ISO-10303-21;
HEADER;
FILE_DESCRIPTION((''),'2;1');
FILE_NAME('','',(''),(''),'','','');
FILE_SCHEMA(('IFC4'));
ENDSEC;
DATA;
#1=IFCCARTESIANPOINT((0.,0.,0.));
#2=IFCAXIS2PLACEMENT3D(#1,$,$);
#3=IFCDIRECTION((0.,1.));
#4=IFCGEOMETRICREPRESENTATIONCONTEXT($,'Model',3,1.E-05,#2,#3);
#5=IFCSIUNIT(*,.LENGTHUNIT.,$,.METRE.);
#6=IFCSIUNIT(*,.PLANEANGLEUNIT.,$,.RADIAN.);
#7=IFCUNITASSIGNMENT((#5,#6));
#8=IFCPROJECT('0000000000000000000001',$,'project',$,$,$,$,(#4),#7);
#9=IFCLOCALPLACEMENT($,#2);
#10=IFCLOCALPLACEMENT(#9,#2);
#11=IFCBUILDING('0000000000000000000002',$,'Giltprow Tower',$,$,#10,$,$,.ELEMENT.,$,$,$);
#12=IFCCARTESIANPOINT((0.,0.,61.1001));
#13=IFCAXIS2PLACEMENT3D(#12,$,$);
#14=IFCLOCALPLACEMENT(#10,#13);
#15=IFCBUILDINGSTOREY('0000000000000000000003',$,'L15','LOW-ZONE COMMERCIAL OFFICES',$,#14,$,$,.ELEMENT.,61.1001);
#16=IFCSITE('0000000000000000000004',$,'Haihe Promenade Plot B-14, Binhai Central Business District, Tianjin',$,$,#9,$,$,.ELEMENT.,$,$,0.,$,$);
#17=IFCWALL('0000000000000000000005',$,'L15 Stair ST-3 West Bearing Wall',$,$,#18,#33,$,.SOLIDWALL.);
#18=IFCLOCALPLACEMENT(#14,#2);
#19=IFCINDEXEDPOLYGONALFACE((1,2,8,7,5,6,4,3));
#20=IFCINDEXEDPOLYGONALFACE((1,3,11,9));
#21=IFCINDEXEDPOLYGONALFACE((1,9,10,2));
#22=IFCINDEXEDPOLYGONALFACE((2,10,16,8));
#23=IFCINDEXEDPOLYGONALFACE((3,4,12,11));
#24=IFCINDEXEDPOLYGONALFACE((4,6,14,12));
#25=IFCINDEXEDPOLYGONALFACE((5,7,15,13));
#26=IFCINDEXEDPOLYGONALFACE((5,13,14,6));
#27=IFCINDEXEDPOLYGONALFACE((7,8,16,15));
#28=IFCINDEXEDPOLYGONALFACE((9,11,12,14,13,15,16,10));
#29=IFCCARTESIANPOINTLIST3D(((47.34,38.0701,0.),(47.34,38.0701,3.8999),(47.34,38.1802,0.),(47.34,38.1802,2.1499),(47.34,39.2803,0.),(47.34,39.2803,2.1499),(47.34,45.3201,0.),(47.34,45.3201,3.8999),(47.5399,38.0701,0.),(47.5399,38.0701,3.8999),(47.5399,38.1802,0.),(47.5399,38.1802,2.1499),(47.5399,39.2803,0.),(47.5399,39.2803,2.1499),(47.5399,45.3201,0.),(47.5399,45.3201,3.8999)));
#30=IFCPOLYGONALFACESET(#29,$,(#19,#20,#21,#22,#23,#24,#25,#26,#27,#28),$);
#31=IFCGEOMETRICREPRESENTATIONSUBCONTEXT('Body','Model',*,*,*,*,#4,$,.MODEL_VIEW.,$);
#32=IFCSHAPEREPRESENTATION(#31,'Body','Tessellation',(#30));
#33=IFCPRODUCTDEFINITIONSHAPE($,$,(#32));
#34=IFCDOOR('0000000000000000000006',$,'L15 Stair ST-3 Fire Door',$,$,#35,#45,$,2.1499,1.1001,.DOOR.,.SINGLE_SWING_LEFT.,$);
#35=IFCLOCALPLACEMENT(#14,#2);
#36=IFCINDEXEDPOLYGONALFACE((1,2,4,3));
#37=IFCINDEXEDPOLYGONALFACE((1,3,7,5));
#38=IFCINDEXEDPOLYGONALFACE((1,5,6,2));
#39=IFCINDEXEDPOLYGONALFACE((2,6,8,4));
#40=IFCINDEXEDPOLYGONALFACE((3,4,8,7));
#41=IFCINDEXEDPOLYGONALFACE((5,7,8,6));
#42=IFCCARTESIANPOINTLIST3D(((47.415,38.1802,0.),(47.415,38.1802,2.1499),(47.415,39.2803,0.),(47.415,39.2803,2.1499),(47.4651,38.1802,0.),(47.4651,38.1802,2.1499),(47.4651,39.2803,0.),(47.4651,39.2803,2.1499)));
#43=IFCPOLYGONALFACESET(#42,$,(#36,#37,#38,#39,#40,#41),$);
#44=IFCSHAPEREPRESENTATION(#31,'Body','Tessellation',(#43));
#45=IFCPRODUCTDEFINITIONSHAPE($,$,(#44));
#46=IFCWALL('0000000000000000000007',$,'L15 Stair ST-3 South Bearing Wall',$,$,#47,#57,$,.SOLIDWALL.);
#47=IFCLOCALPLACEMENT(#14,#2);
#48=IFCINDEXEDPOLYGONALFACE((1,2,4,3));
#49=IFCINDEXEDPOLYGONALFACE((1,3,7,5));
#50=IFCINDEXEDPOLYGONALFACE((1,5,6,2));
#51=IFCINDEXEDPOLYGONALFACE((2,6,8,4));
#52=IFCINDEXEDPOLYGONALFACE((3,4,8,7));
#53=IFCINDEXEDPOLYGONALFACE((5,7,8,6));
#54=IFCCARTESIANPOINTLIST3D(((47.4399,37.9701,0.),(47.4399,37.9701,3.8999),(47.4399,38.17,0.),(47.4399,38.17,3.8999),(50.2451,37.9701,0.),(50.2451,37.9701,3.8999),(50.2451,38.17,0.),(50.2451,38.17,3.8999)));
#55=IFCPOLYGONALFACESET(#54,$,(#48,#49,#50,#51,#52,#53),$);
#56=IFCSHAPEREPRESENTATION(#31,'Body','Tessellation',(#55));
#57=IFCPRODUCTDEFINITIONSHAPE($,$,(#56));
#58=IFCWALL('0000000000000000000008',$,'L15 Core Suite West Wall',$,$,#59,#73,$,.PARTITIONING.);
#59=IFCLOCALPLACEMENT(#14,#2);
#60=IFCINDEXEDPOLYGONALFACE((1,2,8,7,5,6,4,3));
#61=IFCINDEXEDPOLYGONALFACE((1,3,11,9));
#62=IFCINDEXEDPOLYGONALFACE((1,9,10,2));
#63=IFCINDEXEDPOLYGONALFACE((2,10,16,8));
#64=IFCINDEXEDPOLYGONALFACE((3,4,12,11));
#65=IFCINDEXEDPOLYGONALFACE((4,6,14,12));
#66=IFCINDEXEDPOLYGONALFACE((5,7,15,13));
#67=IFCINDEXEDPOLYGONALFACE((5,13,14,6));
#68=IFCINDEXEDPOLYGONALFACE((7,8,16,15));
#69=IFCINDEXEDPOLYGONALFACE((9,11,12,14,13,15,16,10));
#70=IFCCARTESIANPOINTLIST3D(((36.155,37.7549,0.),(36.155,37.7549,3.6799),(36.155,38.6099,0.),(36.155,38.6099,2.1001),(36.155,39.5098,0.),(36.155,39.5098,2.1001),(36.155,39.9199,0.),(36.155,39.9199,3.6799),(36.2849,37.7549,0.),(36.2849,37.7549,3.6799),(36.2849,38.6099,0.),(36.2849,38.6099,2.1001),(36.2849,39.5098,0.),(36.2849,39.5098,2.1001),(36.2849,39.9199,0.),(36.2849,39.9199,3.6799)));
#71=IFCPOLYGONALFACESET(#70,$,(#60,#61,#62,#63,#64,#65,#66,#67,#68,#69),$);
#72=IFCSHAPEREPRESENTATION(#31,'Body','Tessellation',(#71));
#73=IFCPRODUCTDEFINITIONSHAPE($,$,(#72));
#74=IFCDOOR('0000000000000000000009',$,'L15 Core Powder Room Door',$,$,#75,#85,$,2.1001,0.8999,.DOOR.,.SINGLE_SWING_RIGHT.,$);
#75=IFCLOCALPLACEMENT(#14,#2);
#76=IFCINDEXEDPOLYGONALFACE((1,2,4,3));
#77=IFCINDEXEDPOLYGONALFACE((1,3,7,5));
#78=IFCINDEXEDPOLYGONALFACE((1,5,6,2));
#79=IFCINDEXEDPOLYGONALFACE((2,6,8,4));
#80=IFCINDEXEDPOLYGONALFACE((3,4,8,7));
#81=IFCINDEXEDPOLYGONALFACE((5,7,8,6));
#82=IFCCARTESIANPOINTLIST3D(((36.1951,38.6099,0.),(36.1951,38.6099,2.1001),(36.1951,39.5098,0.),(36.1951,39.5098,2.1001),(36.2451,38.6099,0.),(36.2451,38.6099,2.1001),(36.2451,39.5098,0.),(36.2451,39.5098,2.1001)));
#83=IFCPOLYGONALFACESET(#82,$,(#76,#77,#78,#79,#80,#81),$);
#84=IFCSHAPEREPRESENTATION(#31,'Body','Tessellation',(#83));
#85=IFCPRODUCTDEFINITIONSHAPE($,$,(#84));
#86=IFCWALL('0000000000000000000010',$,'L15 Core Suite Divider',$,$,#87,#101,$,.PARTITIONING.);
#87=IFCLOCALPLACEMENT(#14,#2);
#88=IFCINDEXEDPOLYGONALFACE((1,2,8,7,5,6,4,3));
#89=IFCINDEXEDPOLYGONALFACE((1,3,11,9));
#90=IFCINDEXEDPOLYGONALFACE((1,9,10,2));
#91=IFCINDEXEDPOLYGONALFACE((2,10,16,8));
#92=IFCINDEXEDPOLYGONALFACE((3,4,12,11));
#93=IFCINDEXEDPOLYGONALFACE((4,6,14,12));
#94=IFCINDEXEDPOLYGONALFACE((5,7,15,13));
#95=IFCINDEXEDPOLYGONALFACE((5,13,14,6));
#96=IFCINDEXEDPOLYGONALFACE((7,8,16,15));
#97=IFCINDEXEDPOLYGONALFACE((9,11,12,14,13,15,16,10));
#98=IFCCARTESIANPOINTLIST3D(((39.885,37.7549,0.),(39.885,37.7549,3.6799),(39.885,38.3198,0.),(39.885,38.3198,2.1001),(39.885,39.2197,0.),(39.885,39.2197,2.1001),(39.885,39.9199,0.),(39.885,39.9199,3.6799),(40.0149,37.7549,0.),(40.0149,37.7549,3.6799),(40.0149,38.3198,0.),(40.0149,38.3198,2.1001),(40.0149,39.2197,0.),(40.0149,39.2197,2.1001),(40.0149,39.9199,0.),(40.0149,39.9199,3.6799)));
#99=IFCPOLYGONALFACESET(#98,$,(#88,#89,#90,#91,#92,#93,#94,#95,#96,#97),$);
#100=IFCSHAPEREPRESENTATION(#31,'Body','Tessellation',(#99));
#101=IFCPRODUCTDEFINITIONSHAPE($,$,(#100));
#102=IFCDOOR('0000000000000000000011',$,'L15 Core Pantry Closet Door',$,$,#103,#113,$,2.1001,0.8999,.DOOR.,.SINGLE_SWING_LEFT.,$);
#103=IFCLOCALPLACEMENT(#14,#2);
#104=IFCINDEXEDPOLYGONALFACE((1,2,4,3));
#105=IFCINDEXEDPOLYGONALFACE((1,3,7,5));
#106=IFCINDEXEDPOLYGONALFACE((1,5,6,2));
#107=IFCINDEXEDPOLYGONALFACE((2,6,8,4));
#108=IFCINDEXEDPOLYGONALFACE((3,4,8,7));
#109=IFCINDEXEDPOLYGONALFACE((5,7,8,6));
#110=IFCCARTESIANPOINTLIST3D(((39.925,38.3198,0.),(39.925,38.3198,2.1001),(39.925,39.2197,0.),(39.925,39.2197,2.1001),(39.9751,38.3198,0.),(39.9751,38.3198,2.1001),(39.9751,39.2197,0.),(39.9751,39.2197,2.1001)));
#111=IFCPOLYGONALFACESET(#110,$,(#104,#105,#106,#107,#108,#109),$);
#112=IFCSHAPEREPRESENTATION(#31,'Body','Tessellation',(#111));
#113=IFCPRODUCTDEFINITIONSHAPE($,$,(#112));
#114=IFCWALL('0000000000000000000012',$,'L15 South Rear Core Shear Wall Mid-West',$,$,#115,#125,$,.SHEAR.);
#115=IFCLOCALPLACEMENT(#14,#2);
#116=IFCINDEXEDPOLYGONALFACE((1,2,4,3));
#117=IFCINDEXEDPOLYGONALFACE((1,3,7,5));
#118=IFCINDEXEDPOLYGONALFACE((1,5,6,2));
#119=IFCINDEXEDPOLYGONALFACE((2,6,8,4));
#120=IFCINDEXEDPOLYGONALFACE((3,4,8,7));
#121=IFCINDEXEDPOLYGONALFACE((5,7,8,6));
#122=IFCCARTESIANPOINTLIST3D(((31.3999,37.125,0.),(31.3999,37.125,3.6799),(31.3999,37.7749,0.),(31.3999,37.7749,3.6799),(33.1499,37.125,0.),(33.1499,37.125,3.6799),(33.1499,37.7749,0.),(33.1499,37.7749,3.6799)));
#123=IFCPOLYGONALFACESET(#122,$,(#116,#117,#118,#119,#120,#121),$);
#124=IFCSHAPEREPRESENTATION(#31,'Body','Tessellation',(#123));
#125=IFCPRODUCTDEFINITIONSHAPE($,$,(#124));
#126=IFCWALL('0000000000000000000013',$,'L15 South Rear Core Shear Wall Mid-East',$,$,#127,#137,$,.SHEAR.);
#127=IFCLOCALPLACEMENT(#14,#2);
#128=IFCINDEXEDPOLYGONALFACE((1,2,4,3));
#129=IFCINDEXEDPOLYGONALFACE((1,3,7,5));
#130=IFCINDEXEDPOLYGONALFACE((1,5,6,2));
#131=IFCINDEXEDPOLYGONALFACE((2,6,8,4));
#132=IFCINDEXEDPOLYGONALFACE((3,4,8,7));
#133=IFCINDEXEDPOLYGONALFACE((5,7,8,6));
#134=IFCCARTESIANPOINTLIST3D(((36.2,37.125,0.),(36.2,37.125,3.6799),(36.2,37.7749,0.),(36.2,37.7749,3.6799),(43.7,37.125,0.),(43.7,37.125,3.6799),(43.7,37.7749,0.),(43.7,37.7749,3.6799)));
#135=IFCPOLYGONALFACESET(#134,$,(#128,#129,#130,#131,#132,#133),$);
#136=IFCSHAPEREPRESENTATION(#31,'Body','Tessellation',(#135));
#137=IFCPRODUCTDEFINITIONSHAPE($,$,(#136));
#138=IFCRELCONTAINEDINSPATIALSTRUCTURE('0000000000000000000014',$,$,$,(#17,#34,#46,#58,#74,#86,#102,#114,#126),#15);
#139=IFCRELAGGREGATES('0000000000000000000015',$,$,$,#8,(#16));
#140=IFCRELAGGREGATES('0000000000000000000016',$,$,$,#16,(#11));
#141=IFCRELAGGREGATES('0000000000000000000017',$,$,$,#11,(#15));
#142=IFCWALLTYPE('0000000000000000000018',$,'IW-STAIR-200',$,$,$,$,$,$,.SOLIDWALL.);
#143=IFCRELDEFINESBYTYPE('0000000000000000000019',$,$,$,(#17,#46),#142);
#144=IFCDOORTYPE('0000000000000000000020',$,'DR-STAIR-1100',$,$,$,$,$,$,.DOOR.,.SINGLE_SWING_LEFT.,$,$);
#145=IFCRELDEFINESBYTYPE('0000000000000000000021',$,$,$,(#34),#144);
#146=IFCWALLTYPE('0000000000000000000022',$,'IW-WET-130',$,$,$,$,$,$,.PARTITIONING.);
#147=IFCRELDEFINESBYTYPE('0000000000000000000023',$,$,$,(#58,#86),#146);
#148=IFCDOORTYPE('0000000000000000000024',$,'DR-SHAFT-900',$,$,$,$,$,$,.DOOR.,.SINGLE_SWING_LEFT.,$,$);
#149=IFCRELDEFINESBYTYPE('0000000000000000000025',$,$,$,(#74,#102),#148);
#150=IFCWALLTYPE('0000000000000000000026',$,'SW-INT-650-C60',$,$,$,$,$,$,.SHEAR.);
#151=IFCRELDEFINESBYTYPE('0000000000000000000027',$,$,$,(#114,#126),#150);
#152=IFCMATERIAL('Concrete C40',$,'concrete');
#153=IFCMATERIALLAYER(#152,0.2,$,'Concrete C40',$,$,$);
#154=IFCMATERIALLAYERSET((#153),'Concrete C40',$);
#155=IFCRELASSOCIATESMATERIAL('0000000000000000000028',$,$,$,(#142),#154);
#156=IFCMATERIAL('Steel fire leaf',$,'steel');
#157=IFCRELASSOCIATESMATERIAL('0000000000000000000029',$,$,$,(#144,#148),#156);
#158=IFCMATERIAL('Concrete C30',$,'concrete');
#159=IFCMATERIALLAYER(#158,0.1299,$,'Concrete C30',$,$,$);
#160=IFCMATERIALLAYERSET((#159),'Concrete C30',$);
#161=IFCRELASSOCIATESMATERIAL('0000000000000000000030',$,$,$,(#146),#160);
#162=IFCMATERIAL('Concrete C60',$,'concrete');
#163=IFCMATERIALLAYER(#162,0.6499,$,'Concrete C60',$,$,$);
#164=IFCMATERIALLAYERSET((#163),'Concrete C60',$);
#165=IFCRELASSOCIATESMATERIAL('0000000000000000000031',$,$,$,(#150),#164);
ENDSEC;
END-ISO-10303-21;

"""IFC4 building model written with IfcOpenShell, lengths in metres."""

from ifc_helpers import new_model, si_unit, direction, frame, frame_2d, origin, place, context, subcontext, project, spatial, rectangle, extrude, source, transform, mapped, material, layer, layer_set, type_object, element, fill, save


model = new_model("IFC4")

# Units and contexts
model_context = context("Model", 3, precision=1e-05, world=origin(), true_north=direction((0.0, 1.0)))
body_context = subcontext(model_context, "Body", "Model", "MODEL_VIEW")
ifc_project = project(units=[si_unit("LENGTHUNIT", "METRE"), si_unit("PLANEANGLEUNIT", "RADIAN")], contexts=[model_context])

# Site, building, storey
site_placement = place(None, origin())
site = spatial("IfcSite", under=ifc_project, at=site_placement, Name="Haihe Promenade Plot B-14, Binhai Central Business District, Tianjin", CompositionType="ELEMENT", RefElevation=0.0)
building_placement = place(site_placement, origin())
building = spatial("IfcBuilding", under=site, at=building_placement, Name="Giltprow Tower", CompositionType="ELEMENT")
storey_placement = place(building_placement, frame((0.0, 0.0, 61.1001)))
storey = spatial("IfcBuildingStorey", under=building, at=storey_placement, Name="L15", Description="LOW-ZONE COMMERCIAL OFFICES", CompositionType="ELEMENT", Elevation=61.1001)

# Shared definitions
ifc_material_1 = material(Name="Concrete C60", Category="concrete")

# Shared definitions
ifc_material_2 = material(Name="Concrete C40", Category="concrete")

# Wall, opening, door
ifc_layer_1 = layer(ifc_material_2, 0.2, Name="Concrete C40")
ifc_layer_set_1 = layer_set([ifc_layer_1], Name="Concrete C40")
wall_type_1 = type_object("IfcWallType", Name="IW-STAIR-200", PredefinedType="SOLIDWALL", material=ifc_layer_set_1)
wall_1_placement = place(storey_placement, frame((47.4399, 38.0701, 0.0), z_axis=(0.0, 0.0, 1.0), x_axis=(0.0, 1.0, 0.0)))
wall_1 = element("IfcWall", 1, at=wall_1_placement, inside=storey, type_object=wall_type_1, Name="L15 Stair ST-3 West Bearing Wall", PredefinedType="SOLIDWALL", context=body_context, shape_type="SweptSolid", body=[
    extrude(rectangle(XDim=7.25, YDim=0.2, at=frame_2d((3.625, 0.0))), origin(), (0.0, 0.0, 1.0), 3.8999),
])
opening_1_placement = place(wall_1_placement, frame((0.1101, 0.0, 0.0)))
opening_1 = element("IfcOpeningElement", 2, at=opening_1_placement, cuts=wall_1, PredefinedType="OPENING", context=body_context, shape_type="SweptSolid", body=[
    extrude(rectangle(XDim=1.1001, YDim=2.1499, at=frame_2d((0.55, 1.075))), frame((0.0, 0.1099, 0.0), z_axis=(0.0, -1.0, 0.0), x_axis=(1.0, 0.0, 0.0)), (0.0, 0.0, 1.0), 0.22),
])
ifc_material_3 = material(Name="Steel fire leaf", Category="steel")
door_type_1 = type_object("IfcDoorType", Name="DR-STAIR-1100", OperationType="SINGLE_SWING_LEFT", PredefinedType="DOOR", material=ifc_material_3)
shared_shape_1 = source(origin(), body_context, "Body", "SweptSolid", [
    extrude(rectangle(XDim=1.1001, YDim=2.1499, at=frame_2d((0.55, 1.075))), frame((0.0, 0.0249, 0.0), z_axis=(0.0, -1.0, 0.0), x_axis=(1.0, 0.0, 0.0)), (0.0, 0.0, 1.0), 0.05),
])
door_1_placement = place(opening_1_placement, origin())
door_1 = element("IfcDoor", 3, at=door_1_placement, inside=storey, type_object=door_type_1, Name="L15 Stair ST-3 Fire Door", OperationType="SINGLE_SWING_LEFT", OverallHeight=2.1499, OverallWidth=1.1001, PredefinedType="DOOR", context=body_context, shape_type="MappedRepresentation", body=[
    mapped(shared_shape_1, transform((0.0, 0.0, 0.0), x_axis=(1.0, 0.0, 0.0), y_axis=(0.0, 1.0, 0.0), z_axis=(0.0, 0.0, 1.0), scale=1.0)),
])
fill(opening_1, door_1)

# Wall
wall_2_placement = place(storey_placement, frame((47.4399, 38.0701, 0.0), z_axis=(0.0, 0.0, 1.0), x_axis=(1.0, 0.0, 0.0)))
element("IfcWall", 4, at=wall_2_placement, inside=storey, type_object=wall_type_1, Name="L15 Stair ST-3 South Bearing Wall", PredefinedType="SOLIDWALL", context=body_context, shape_type="SweptSolid", body=[
    extrude(rectangle(XDim=2.8052, YDim=0.2, at=frame_2d((1.4026, 0.0))), origin(), (0.0, 0.0, 1.0), 3.8999),
])

# Walls, openings, doors
ifc_material_4 = material(Name="Concrete C30", Category="concrete")
ifc_layer_2 = layer(ifc_material_4, 0.1299, Name="Concrete C30")
ifc_layer_set_2 = layer_set([ifc_layer_2], Name="Concrete C30")
wall_type_2 = type_object("IfcWallType", Name="IW-WET-130", PredefinedType="PARTITIONING", material=ifc_layer_set_2)
wall_3_placement = place(storey_placement, frame((36.22, 37.7549, 0.0), z_axis=(0.0, 0.0, 1.0), x_axis=(0.0, 1.0, 0.0)))
wall_3 = element("IfcWall", 5, at=wall_3_placement, inside=storey, type_object=wall_type_2, Name="L15 Core Suite West Wall", PredefinedType="PARTITIONING", context=body_context, shape_type="SweptSolid", body=[
    extrude(rectangle(XDim=2.165, YDim=0.1299, at=frame_2d((1.0825, 0.0))), origin(), (0.0, 0.0, 1.0), 3.6799),
])
opening_2_placement = place(wall_3_placement, frame((0.855, 0.0, 0.0)))
opening_2 = element("IfcOpeningElement", 6, at=opening_2_placement, cuts=wall_3, PredefinedType="OPENING", context=body_context, shape_type="SweptSolid", body=[
    extrude(rectangle(XDim=0.8999, YDim=2.1001, at=frame_2d((0.45, 1.05))), frame((0.0, 0.075, 0.0), z_axis=(0.0, -1.0, 0.0), x_axis=(1.0, 0.0, 0.0)), (0.0, 0.0, 1.0), 0.1499),
])
door_type_2 = type_object("IfcDoorType", Name="DR-SHAFT-900", OperationType="SINGLE_SWING_LEFT", PredefinedType="DOOR", material=ifc_material_3)
shared_shape_2 = source(origin(), body_context, "Body", "SweptSolid", [
    extrude(rectangle(XDim=0.8999, YDim=2.1001, at=frame_2d((0.45, 1.05))), frame((0.0, 0.0249, 0.0), z_axis=(0.0, -1.0, 0.0), x_axis=(1.0, 0.0, 0.0)), (0.0, 0.0, 1.0), 0.05),
])
door_2_placement = place(opening_2_placement, origin())
door_2 = element("IfcDoor", 7, at=door_2_placement, inside=storey, type_object=door_type_2, Name="L15 Core Powder Room Door", OperationType="SINGLE_SWING_RIGHT", OverallHeight=2.1001, OverallWidth=0.8999, PredefinedType="DOOR", context=body_context, shape_type="MappedRepresentation", body=[
    mapped(shared_shape_2, transform((0.0, 0.0, 0.0), x_axis=(1.0, 0.0, 0.0), y_axis=(0.0, 1.0, 0.0), z_axis=(0.0, 0.0, 1.0), scale=1.0)),
])
fill(opening_2, door_2)
wall_4_placement = place(storey_placement, frame((39.95, 37.7549, 0.0), z_axis=(0.0, 0.0, 1.0), x_axis=(0.0, 1.0, 0.0)))
wall_4 = element("IfcWall", 8, at=wall_4_placement, inside=storey, type_object=wall_type_2, Name="L15 Core Suite Divider", PredefinedType="PARTITIONING", context=body_context, shape_type="SweptSolid", body=[
    extrude(rectangle(XDim=2.165, YDim=0.1299, at=frame_2d((1.0825, 0.0))), origin(), (0.0, 0.0, 1.0), 3.6799),
])
opening_3_placement = place(wall_4_placement, frame((0.5649, 0.0, 0.0)))
opening_3 = element("IfcOpeningElement", 9, at=opening_3_placement, cuts=wall_4, PredefinedType="OPENING", context=body_context, shape_type="SweptSolid", body=[
    extrude(rectangle(XDim=0.8999, YDim=2.1001, at=frame_2d((0.45, 1.05))), frame((0.0, 0.075, 0.0), z_axis=(0.0, -1.0, 0.0), x_axis=(1.0, 0.0, 0.0)), (0.0, 0.0, 1.0), 0.1499),
])
door_3_placement = place(opening_3_placement, origin())
door_3 = element("IfcDoor", 10, at=door_3_placement, inside=storey, type_object=door_type_2, Name="L15 Core Pantry Closet Door", OperationType="SINGLE_SWING_LEFT", OverallHeight=2.1001, OverallWidth=0.8999, PredefinedType="DOOR", context=body_context, shape_type="MappedRepresentation", body=[
    mapped(shared_shape_2, transform((0.0, 0.0, 0.0), x_axis=(1.0, 0.0, 0.0), y_axis=(0.0, 1.0, 0.0), z_axis=(0.0, 0.0, 1.0), scale=1.0)),
])
fill(opening_3, door_3)

# Walls
ifc_layer_3 = layer(ifc_material_1, 0.6499, Name="Concrete C60")
ifc_layer_set_3 = layer_set([ifc_layer_3], Name="Concrete C60")
wall_type_3 = type_object("IfcWallType", Name="SW-INT-650-C60", PredefinedType="SHEAR", material=ifc_layer_set_3)
wall_5_placement = place(storey_placement, frame((31.3999, 37.45, 0.0), z_axis=(0.0, 0.0, 1.0), x_axis=(1.0, 0.0, 0.0)))
element("IfcWall", 11, at=wall_5_placement, inside=storey, type_object=wall_type_3, Name="L15 South Rear Core Shear Wall Mid-West", PredefinedType="SHEAR", context=body_context, shape_type="SweptSolid", body=[
    extrude(rectangle(XDim=1.75, YDim=0.6499, at=frame_2d((0.875, 0.0))), origin(), (0.0, 0.0, 1.0), 3.6799),
])
wall_6_placement = place(storey_placement, frame((36.2, 37.45, 0.0), z_axis=(0.0, 0.0, 1.0), x_axis=(1.0, 0.0, 0.0)))
element("IfcWall", 12, at=wall_6_placement, inside=storey, type_object=wall_type_3, Name="L15 South Rear Core Shear Wall Mid-East", PredefinedType="SHEAR", context=body_context, shape_type="SweptSolid", body=[
    extrude(rectangle(XDim=7.5, YDim=0.6499, at=frame_2d((3.75, 0.0))), origin(), (0.0, 0.0, 1.0), 3.6799),
])

save(model, "model.ifc")
